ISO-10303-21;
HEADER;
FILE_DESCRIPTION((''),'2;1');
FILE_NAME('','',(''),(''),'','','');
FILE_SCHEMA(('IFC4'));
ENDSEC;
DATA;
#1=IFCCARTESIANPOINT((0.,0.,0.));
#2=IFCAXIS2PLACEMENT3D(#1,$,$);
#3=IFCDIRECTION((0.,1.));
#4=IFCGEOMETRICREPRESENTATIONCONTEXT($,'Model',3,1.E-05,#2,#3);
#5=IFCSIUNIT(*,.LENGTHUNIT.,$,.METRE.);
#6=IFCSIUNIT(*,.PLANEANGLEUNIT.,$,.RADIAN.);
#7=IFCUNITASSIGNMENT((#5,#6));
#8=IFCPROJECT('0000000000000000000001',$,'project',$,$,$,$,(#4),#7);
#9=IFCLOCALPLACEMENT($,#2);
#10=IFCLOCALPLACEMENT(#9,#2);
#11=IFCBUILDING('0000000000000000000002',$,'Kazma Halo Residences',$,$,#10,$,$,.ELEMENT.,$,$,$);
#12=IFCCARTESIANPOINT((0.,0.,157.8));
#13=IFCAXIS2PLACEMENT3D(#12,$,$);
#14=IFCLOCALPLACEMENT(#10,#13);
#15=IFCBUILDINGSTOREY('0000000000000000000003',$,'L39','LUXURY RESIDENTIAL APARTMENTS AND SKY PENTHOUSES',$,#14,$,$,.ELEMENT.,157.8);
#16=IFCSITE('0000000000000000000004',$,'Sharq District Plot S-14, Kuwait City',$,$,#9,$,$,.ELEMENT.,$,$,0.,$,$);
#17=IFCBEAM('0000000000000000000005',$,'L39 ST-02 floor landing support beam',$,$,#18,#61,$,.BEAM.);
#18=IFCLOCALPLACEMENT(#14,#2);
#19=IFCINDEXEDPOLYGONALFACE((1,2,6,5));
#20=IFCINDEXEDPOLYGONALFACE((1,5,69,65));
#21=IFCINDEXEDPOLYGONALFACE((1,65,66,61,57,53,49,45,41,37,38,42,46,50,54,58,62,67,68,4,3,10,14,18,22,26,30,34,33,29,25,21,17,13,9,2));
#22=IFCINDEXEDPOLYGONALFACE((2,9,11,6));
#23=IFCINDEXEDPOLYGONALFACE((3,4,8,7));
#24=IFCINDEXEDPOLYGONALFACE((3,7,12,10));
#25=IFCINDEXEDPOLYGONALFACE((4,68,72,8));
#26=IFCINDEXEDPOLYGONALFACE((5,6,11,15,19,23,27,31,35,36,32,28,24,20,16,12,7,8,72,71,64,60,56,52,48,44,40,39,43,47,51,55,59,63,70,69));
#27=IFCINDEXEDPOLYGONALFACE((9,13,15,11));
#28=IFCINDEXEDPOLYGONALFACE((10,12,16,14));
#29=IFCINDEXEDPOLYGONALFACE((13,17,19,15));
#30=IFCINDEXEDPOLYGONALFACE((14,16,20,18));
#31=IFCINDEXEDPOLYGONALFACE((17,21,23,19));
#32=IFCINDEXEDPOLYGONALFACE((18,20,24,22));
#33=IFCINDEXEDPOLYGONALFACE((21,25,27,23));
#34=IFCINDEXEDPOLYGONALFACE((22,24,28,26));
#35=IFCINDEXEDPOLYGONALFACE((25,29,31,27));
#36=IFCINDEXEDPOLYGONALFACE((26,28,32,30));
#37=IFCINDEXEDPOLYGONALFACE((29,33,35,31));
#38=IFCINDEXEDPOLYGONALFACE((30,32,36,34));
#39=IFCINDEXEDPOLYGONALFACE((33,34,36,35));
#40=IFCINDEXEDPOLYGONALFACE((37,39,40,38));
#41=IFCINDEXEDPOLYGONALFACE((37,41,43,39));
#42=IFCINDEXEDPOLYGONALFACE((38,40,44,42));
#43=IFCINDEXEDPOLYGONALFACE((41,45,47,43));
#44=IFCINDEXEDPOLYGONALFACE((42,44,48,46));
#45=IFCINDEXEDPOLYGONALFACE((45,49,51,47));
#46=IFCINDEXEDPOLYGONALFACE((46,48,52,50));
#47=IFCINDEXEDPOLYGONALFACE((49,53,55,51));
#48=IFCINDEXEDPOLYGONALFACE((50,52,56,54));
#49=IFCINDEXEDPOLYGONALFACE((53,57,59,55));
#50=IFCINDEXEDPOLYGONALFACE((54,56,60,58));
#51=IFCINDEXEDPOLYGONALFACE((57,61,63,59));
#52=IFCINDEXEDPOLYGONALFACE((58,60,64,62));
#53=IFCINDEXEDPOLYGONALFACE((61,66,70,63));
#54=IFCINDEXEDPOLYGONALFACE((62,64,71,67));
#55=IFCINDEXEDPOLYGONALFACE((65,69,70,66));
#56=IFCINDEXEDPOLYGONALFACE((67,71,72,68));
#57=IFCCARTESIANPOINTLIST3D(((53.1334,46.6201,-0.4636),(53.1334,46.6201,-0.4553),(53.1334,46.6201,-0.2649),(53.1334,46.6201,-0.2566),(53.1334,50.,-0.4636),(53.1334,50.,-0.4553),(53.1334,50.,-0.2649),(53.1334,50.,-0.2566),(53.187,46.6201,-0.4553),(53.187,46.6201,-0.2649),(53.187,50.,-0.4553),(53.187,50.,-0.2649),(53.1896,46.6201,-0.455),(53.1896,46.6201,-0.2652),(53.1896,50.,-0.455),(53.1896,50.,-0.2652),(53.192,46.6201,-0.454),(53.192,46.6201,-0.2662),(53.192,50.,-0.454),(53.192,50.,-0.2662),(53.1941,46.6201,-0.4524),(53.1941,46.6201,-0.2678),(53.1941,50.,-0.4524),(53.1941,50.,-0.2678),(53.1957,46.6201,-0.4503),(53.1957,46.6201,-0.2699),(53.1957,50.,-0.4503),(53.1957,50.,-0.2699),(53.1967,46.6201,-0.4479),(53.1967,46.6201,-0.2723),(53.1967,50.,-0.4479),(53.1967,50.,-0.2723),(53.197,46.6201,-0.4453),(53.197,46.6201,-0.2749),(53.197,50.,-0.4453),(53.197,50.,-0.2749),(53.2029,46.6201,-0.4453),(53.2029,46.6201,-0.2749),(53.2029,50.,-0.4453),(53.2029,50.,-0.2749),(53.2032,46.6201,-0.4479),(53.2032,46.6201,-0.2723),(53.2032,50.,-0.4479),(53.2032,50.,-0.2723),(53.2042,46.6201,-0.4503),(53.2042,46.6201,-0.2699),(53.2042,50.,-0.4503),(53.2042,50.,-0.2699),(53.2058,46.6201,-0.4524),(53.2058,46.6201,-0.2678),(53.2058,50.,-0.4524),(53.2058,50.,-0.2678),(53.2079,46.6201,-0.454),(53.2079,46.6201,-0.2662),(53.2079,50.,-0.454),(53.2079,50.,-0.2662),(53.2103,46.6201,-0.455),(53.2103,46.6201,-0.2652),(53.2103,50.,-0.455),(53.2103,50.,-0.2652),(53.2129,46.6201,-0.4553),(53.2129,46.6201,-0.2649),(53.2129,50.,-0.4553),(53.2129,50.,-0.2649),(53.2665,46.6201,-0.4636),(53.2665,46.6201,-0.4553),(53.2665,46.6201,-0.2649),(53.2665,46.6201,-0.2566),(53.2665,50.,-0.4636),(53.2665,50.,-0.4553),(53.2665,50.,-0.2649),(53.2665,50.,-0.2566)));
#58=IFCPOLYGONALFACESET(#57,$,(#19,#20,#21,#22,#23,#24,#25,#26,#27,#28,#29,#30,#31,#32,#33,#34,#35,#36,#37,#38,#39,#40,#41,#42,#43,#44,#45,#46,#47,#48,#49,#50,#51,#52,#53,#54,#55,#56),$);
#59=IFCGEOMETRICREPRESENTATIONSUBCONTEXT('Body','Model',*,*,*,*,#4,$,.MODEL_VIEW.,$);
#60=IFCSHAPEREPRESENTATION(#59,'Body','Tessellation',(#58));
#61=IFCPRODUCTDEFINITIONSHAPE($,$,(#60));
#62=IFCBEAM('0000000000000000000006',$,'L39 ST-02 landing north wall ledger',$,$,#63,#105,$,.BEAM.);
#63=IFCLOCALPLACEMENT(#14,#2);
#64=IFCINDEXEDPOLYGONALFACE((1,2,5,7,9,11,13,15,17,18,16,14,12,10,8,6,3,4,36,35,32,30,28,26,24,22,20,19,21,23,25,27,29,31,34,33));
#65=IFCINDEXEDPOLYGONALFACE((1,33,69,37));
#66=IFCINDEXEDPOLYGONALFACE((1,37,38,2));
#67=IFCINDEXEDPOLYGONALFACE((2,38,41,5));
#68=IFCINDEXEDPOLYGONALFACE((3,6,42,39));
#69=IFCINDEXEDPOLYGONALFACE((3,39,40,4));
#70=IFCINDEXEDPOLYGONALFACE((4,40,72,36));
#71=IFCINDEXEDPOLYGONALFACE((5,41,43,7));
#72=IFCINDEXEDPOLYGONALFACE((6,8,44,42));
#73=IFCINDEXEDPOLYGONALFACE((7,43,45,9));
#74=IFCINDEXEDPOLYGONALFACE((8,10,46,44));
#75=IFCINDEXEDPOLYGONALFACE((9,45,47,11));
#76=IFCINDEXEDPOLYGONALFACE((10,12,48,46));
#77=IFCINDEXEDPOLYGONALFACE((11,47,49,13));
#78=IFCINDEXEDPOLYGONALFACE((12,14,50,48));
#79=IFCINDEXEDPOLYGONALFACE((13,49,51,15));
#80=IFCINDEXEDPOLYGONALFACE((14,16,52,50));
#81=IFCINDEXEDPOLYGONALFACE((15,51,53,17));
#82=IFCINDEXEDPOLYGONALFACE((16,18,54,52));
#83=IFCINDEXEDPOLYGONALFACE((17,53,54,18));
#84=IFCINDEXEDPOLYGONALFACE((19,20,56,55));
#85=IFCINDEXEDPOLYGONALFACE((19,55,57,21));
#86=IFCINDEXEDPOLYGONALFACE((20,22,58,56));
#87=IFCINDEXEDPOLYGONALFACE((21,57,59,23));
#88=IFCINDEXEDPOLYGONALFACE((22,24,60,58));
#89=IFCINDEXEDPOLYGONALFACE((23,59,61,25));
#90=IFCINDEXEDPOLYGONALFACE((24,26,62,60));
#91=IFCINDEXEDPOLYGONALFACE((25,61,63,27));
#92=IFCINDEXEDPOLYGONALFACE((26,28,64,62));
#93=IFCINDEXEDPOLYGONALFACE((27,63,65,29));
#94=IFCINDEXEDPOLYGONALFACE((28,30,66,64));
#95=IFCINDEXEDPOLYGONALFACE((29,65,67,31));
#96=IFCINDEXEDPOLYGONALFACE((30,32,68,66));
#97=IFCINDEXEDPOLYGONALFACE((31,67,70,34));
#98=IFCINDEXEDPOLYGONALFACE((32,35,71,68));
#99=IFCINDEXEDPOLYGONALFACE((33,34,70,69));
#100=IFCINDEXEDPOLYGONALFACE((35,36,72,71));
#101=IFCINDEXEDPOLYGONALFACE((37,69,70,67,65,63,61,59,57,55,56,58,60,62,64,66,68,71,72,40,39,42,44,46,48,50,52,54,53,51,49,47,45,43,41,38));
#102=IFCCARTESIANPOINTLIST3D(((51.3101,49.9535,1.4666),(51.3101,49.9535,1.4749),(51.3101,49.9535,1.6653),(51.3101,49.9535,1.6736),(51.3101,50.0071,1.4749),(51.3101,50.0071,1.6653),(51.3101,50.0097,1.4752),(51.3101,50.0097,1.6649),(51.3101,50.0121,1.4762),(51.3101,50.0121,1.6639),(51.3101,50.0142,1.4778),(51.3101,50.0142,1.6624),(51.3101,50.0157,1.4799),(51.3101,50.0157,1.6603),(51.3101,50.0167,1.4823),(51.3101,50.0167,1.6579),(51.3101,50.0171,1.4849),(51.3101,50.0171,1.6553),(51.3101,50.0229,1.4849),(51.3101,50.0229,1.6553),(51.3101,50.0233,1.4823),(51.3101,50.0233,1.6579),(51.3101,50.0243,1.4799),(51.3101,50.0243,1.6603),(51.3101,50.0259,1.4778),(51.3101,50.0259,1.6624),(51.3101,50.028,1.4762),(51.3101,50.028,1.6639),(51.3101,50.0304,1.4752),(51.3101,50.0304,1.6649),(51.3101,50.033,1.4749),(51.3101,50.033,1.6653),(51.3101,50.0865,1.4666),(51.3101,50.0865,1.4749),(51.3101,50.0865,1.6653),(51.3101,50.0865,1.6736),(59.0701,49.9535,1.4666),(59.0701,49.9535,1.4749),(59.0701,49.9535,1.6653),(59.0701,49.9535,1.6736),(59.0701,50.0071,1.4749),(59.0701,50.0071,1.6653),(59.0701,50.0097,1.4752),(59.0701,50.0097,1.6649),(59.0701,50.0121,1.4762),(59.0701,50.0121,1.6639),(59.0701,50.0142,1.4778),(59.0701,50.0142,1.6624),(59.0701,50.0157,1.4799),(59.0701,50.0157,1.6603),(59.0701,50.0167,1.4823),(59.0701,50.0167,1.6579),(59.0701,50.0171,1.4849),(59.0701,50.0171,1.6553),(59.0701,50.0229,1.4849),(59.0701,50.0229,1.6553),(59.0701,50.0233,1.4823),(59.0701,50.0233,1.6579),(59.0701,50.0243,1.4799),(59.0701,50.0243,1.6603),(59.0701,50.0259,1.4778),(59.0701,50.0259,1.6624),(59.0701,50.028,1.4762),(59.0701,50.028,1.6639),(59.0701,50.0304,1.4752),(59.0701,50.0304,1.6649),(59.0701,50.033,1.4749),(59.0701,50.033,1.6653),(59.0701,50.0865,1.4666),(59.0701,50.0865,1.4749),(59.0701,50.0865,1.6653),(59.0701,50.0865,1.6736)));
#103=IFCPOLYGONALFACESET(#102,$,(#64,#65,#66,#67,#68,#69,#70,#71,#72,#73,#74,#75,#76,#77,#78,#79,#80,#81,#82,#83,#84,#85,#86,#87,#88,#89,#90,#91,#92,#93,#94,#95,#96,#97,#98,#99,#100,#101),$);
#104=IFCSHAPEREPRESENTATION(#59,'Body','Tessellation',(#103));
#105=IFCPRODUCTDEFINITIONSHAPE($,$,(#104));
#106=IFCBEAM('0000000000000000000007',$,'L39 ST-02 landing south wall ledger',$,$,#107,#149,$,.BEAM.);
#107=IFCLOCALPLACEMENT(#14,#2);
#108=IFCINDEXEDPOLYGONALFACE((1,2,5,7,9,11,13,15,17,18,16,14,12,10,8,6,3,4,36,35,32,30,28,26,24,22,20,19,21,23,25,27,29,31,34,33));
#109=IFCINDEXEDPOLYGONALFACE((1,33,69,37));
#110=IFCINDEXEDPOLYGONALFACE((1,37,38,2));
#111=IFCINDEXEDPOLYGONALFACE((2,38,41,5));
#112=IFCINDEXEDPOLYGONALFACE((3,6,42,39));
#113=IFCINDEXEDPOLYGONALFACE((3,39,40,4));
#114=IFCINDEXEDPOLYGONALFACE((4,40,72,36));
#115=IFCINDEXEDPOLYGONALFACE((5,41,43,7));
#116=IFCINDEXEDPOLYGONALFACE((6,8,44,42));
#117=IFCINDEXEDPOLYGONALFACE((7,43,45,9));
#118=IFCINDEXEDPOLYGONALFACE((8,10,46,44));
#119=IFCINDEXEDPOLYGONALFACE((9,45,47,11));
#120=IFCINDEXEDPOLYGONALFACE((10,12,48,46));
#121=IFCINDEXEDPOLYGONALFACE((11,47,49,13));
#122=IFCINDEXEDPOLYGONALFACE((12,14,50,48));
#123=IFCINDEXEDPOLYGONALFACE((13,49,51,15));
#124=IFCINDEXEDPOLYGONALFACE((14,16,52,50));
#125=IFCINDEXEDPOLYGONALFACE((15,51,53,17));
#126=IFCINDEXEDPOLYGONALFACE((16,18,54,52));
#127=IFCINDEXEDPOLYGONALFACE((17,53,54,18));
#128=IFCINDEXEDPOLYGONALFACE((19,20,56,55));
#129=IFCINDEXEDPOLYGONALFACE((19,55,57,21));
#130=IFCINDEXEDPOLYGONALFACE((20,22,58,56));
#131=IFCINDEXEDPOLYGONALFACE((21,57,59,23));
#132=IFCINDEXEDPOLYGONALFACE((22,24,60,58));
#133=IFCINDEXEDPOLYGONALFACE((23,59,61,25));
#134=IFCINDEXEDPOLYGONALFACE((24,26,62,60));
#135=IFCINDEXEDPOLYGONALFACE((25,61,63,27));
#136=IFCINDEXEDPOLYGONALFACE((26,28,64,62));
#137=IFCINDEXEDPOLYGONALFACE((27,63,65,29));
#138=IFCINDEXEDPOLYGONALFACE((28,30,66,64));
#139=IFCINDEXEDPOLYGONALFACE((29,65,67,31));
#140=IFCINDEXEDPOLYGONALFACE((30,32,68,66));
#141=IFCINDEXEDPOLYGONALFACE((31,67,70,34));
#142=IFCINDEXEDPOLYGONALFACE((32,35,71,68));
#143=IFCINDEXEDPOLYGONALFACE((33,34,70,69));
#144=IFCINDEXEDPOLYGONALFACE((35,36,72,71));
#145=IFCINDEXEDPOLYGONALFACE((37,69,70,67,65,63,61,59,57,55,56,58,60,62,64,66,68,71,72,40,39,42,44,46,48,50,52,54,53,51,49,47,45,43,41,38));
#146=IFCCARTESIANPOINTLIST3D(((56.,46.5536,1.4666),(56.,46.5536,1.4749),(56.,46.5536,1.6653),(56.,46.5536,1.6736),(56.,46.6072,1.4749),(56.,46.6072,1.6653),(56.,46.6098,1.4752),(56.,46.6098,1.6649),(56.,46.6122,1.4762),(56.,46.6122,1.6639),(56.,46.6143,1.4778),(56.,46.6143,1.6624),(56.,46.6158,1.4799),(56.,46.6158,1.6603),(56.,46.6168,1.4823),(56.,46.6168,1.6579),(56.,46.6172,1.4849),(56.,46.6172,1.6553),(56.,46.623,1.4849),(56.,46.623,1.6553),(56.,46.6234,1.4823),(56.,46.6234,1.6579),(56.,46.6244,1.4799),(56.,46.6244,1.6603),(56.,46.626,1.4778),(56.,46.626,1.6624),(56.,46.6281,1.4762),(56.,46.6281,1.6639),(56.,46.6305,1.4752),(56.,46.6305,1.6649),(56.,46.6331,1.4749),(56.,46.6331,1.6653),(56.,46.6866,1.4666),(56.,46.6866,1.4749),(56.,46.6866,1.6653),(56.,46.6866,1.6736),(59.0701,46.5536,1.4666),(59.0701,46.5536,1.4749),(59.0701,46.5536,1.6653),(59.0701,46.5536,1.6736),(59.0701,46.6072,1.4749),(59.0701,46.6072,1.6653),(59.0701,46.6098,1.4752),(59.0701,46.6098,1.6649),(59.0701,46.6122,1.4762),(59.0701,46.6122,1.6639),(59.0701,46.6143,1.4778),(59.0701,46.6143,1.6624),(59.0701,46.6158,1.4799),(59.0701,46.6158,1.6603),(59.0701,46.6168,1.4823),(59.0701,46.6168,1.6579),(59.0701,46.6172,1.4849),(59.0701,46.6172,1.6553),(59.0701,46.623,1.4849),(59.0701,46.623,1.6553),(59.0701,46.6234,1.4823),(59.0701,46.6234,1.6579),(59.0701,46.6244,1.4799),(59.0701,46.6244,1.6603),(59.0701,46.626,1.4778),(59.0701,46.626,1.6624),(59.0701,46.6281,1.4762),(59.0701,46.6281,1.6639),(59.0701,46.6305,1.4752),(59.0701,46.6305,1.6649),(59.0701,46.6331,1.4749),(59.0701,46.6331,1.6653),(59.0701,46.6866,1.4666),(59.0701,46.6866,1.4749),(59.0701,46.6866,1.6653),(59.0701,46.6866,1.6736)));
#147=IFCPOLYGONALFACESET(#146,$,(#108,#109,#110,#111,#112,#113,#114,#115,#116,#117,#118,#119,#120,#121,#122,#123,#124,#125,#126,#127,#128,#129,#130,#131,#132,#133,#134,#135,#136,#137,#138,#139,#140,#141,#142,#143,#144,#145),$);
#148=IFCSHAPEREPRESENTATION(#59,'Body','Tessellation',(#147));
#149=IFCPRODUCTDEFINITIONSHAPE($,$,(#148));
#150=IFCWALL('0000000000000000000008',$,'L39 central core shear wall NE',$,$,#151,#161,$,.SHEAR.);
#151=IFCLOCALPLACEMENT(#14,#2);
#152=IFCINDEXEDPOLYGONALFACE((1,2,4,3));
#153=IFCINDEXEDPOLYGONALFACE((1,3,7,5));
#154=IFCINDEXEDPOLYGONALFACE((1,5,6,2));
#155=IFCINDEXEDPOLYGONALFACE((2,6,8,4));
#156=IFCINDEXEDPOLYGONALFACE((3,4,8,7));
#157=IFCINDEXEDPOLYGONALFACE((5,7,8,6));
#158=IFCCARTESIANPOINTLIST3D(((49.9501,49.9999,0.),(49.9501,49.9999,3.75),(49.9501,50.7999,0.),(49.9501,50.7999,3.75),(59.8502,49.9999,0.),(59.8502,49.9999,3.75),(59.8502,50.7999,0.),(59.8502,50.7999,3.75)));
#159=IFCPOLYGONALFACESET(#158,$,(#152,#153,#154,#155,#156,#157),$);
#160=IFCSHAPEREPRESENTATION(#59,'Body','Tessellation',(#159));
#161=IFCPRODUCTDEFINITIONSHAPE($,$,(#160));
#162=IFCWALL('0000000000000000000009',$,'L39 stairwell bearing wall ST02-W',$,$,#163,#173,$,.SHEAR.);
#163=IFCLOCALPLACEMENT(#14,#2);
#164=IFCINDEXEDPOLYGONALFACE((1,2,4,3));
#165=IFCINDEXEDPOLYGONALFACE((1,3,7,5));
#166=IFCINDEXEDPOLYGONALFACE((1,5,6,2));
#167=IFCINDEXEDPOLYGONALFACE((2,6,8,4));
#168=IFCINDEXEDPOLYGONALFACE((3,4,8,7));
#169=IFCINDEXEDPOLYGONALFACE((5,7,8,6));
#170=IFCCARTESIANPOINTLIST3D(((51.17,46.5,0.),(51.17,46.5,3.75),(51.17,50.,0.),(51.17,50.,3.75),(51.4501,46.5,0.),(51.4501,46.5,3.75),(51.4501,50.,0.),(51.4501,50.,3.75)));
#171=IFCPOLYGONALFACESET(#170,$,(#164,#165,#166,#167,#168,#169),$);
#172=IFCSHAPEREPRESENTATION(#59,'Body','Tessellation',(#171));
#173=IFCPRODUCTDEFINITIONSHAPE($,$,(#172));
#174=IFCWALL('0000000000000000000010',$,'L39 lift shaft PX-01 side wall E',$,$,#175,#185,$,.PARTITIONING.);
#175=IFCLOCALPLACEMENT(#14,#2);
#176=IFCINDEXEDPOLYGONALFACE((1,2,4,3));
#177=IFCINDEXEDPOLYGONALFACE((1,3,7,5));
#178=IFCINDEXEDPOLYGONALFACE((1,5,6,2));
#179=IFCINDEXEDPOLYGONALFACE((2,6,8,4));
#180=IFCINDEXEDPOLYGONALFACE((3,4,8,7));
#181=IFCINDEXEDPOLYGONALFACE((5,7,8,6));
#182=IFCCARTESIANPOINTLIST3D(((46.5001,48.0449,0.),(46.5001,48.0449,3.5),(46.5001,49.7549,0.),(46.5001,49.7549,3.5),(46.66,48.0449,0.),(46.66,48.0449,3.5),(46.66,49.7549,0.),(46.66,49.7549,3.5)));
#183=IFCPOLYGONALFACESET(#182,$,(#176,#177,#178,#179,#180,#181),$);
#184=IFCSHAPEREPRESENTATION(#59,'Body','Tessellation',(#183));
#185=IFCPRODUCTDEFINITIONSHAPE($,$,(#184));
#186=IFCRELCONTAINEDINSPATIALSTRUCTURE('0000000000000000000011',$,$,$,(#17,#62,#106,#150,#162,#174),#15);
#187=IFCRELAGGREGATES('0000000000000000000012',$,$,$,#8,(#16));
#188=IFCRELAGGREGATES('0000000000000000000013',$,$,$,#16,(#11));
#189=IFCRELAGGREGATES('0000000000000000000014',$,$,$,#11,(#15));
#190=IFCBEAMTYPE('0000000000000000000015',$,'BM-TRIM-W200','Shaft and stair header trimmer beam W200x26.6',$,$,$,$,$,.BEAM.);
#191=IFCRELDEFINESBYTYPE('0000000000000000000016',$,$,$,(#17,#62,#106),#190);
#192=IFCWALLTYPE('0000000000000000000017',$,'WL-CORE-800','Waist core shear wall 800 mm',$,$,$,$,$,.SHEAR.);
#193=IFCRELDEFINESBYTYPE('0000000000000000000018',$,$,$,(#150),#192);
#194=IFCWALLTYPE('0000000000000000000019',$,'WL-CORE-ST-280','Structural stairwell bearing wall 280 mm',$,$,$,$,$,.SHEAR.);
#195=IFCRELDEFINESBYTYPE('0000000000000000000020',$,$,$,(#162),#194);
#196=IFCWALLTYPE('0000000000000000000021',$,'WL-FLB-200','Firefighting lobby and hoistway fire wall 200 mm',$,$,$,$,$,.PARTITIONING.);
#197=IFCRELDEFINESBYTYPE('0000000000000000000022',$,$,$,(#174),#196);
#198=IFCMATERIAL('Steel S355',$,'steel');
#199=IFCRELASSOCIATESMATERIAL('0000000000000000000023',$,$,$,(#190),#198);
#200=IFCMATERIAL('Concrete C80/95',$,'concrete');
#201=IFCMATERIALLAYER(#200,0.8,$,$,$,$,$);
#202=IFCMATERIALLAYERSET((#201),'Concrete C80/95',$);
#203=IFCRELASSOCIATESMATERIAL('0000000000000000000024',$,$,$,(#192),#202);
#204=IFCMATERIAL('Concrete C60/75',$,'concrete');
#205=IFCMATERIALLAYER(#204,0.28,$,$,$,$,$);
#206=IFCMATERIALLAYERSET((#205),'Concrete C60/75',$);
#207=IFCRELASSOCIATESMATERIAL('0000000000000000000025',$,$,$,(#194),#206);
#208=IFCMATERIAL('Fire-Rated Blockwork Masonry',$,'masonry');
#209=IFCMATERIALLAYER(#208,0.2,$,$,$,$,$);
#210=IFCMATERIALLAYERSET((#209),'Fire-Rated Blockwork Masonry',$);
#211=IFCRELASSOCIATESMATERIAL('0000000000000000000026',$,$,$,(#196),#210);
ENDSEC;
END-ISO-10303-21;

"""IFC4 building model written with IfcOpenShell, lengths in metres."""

from ifc_helpers import new_model, si_unit, direction, frame, frame_2d, origin, origin_2d, place, context, subcontext, project, spatial, rectangle, i_section, extrude, material, layer, layer_set, material_profile, profile_set, type_object, element, save


model = new_model("IFC4")

# Units and contexts
model_context = context("Model", 3, precision=1e-05, world=origin(), true_north=direction((0.0, 1.0)))
body_context = subcontext(model_context, "Body", "Model", "MODEL_VIEW")
ifc_project = project(units=[si_unit("LENGTHUNIT", "METRE"), si_unit("PLANEANGLEUNIT", "RADIAN")], contexts=[model_context])

# Site, building, storey
site_placement = place(None, origin())
site = spatial("IfcSite", under=ifc_project, at=site_placement, Name="Sharq District Plot S-14, Kuwait City", CompositionType="ELEMENT", RefElevation=0.0)
building_placement = place(site_placement, origin())
building = spatial("IfcBuilding", under=site, at=building_placement, Name="Kazma Halo Residences", CompositionType="ELEMENT")
storey_placement = place(building_placement, frame((0.0, 0.0, 157.8)))
storey = spatial("IfcBuildingStorey", under=building, at=storey_placement, Name="L39", Description="LUXURY RESIDENTIAL APARTMENTS AND SKY PENTHOUSES", CompositionType="ELEMENT", Elevation=157.8)

# Shared definitions
ifc_material_1 = material(Name="Steel S355", Category="steel")

# Beams
ifc_material_profile_1 = material_profile(ifc_material_1, i_section(OverallWidth=0.1331, OverallDepth=0.207, WebThickness=0.0059, FlangeThickness=0.0083, FilletRadius=0.01, at=origin_2d()), Name="W200x26.6")
ifc_profile_set_1 = profile_set([ifc_material_profile_1], Name="Steel S355")
beam_type_1 = type_object("IfcBeamType", Name="BM-TRIM-W200", Description="Shaft and stair header trimmer beam W200x26.6", PredefinedType="BEAM", material=ifc_profile_set_1)
beam_1_placement = place(storey_placement, frame((53.2, 46.6201, -0.3601), z_axis=(0.0, 1.0, 0.0), x_axis=(-1.0, 0.0, 0.0)))
element("IfcBeam", 1, at=beam_1_placement, inside=storey, type_object=beam_type_1, Name="L39 ST-02 floor landing support beam", PredefinedType="BEAM", context=body_context, shape_type="SweptSolid", body=[
    extrude(i_section(OverallWidth=0.1331, OverallDepth=0.207, WebThickness=0.0059, FlangeThickness=0.0083, FilletRadius=0.01, at=origin_2d()), origin(), (0.0, 0.0, 1.0), 3.3799),
])
beam_2_placement = place(storey_placement, frame((51.3101, 50.02, 1.5701), z_axis=(1.0, 0.0, 0.0), x_axis=(0.0, 1.0, 0.0)))
element("IfcBeam", 2, at=beam_2_placement, inside=storey, type_object=beam_type_1, Name="L39 ST-02 landing north wall ledger", PredefinedType="BEAM", context=body_context, shape_type="SweptSolid", body=[
    extrude(i_section(OverallWidth=0.1331, OverallDepth=0.207, WebThickness=0.0059, FlangeThickness=0.0083, FilletRadius=0.01, at=origin_2d()), origin(), (0.0, 0.0, 1.0), 7.76),
])
beam_3_placement = place(storey_placement, frame((56.0, 46.6201, 1.5701), z_axis=(1.0, 0.0, 0.0), x_axis=(0.0, 1.0, 0.0)))
element("IfcBeam", 3, at=beam_3_placement, inside=storey, type_object=beam_type_1, Name="L39 ST-02 landing south wall ledger", PredefinedType="BEAM", context=body_context, shape_type="SweptSolid", body=[
    extrude(i_section(OverallWidth=0.1331, OverallDepth=0.207, WebThickness=0.0059, FlangeThickness=0.0083, FilletRadius=0.01, at=origin_2d()), origin(), (0.0, 0.0, 1.0), 3.0701),
])

# Walls
ifc_material_2 = material(Name="Concrete C80/95", Category="concrete")
ifc_layer_1 = layer(ifc_material_2, 0.8)
ifc_layer_set_1 = layer_set([ifc_layer_1], Name="Concrete C80/95")
wall_type_1 = type_object("IfcWallType", Name="WL-CORE-800", Description="Waist core shear wall 800 mm", PredefinedType="SHEAR", material=ifc_layer_set_1)
wall_1_placement = place(storey_placement, frame((49.95, 50.3999, 0.0), z_axis=(0.0, 0.0, 1.0), x_axis=(1.0, 0.0, 0.0)))
element("IfcWall", 4, at=wall_1_placement, inside=storey, type_object=wall_type_1, Name="L39 central core shear wall NE", PredefinedType="SHEAR", context=body_context, shape_type="SweptSolid", body=[
    extrude(rectangle(XDim=9.9001, YDim=0.8, at=frame_2d((4.9502, 0.0))), origin(), (0.0, 0.0, 1.0), 3.75),
])
ifc_material_3 = material(Name="Concrete C60/75", Category="concrete")
ifc_layer_2 = layer(ifc_material_3, 0.28)
ifc_layer_set_2 = layer_set([ifc_layer_2], Name="Concrete C60/75")
wall_type_2 = type_object("IfcWallType", Name="WL-CORE-ST-280", Description="Structural stairwell bearing wall 280 mm", PredefinedType="SHEAR", material=ifc_layer_set_2)
wall_2_placement = place(storey_placement, frame((51.3101, 46.5, 0.0), z_axis=(0.0, 0.0, 1.0), x_axis=(0.0, 1.0, 0.0)))
element("IfcWall", 5, at=wall_2_placement, inside=storey, type_object=wall_type_2, Name="L39 stairwell bearing wall ST02-W", PredefinedType="SHEAR", context=body_context, shape_type="SweptSolid", body=[
    extrude(rectangle(XDim=3.5, YDim=0.28, at=frame_2d((1.75, 0.0))), origin(), (0.0, 0.0, 1.0), 3.75),
])
ifc_material_4 = material(Name="Fire-Rated Blockwork Masonry", Category="masonry")
ifc_layer_3 = layer(ifc_material_4, 0.2)
ifc_layer_set_3 = layer_set([ifc_layer_3], Name="Fire-Rated Blockwork Masonry")
wall_type_3 = type_object("IfcWallType", Name="WL-FLB-200", Description="Firefighting lobby and hoistway fire wall 200 mm", PredefinedType="PARTITIONING", material=ifc_layer_set_3)
wall_3_placement = place(storey_placement, frame((46.5801, 48.0449, 0.0), z_axis=(0.0, 0.0, 1.0), x_axis=(0.0, 1.0, 0.0)))
element("IfcWall", 6, at=wall_3_placement, inside=storey, type_object=wall_type_3, Name="L39 lift shaft PX-01 side wall E", PredefinedType="PARTITIONING", context=body_context, shape_type="SweptSolid", body=[
    extrude(rectangle(XDim=1.71, YDim=0.1599, at=frame_2d((0.855, 0.0))), origin(), (0.0, 0.0, 1.0), 3.5),
])

save(model, "model.ifc")
